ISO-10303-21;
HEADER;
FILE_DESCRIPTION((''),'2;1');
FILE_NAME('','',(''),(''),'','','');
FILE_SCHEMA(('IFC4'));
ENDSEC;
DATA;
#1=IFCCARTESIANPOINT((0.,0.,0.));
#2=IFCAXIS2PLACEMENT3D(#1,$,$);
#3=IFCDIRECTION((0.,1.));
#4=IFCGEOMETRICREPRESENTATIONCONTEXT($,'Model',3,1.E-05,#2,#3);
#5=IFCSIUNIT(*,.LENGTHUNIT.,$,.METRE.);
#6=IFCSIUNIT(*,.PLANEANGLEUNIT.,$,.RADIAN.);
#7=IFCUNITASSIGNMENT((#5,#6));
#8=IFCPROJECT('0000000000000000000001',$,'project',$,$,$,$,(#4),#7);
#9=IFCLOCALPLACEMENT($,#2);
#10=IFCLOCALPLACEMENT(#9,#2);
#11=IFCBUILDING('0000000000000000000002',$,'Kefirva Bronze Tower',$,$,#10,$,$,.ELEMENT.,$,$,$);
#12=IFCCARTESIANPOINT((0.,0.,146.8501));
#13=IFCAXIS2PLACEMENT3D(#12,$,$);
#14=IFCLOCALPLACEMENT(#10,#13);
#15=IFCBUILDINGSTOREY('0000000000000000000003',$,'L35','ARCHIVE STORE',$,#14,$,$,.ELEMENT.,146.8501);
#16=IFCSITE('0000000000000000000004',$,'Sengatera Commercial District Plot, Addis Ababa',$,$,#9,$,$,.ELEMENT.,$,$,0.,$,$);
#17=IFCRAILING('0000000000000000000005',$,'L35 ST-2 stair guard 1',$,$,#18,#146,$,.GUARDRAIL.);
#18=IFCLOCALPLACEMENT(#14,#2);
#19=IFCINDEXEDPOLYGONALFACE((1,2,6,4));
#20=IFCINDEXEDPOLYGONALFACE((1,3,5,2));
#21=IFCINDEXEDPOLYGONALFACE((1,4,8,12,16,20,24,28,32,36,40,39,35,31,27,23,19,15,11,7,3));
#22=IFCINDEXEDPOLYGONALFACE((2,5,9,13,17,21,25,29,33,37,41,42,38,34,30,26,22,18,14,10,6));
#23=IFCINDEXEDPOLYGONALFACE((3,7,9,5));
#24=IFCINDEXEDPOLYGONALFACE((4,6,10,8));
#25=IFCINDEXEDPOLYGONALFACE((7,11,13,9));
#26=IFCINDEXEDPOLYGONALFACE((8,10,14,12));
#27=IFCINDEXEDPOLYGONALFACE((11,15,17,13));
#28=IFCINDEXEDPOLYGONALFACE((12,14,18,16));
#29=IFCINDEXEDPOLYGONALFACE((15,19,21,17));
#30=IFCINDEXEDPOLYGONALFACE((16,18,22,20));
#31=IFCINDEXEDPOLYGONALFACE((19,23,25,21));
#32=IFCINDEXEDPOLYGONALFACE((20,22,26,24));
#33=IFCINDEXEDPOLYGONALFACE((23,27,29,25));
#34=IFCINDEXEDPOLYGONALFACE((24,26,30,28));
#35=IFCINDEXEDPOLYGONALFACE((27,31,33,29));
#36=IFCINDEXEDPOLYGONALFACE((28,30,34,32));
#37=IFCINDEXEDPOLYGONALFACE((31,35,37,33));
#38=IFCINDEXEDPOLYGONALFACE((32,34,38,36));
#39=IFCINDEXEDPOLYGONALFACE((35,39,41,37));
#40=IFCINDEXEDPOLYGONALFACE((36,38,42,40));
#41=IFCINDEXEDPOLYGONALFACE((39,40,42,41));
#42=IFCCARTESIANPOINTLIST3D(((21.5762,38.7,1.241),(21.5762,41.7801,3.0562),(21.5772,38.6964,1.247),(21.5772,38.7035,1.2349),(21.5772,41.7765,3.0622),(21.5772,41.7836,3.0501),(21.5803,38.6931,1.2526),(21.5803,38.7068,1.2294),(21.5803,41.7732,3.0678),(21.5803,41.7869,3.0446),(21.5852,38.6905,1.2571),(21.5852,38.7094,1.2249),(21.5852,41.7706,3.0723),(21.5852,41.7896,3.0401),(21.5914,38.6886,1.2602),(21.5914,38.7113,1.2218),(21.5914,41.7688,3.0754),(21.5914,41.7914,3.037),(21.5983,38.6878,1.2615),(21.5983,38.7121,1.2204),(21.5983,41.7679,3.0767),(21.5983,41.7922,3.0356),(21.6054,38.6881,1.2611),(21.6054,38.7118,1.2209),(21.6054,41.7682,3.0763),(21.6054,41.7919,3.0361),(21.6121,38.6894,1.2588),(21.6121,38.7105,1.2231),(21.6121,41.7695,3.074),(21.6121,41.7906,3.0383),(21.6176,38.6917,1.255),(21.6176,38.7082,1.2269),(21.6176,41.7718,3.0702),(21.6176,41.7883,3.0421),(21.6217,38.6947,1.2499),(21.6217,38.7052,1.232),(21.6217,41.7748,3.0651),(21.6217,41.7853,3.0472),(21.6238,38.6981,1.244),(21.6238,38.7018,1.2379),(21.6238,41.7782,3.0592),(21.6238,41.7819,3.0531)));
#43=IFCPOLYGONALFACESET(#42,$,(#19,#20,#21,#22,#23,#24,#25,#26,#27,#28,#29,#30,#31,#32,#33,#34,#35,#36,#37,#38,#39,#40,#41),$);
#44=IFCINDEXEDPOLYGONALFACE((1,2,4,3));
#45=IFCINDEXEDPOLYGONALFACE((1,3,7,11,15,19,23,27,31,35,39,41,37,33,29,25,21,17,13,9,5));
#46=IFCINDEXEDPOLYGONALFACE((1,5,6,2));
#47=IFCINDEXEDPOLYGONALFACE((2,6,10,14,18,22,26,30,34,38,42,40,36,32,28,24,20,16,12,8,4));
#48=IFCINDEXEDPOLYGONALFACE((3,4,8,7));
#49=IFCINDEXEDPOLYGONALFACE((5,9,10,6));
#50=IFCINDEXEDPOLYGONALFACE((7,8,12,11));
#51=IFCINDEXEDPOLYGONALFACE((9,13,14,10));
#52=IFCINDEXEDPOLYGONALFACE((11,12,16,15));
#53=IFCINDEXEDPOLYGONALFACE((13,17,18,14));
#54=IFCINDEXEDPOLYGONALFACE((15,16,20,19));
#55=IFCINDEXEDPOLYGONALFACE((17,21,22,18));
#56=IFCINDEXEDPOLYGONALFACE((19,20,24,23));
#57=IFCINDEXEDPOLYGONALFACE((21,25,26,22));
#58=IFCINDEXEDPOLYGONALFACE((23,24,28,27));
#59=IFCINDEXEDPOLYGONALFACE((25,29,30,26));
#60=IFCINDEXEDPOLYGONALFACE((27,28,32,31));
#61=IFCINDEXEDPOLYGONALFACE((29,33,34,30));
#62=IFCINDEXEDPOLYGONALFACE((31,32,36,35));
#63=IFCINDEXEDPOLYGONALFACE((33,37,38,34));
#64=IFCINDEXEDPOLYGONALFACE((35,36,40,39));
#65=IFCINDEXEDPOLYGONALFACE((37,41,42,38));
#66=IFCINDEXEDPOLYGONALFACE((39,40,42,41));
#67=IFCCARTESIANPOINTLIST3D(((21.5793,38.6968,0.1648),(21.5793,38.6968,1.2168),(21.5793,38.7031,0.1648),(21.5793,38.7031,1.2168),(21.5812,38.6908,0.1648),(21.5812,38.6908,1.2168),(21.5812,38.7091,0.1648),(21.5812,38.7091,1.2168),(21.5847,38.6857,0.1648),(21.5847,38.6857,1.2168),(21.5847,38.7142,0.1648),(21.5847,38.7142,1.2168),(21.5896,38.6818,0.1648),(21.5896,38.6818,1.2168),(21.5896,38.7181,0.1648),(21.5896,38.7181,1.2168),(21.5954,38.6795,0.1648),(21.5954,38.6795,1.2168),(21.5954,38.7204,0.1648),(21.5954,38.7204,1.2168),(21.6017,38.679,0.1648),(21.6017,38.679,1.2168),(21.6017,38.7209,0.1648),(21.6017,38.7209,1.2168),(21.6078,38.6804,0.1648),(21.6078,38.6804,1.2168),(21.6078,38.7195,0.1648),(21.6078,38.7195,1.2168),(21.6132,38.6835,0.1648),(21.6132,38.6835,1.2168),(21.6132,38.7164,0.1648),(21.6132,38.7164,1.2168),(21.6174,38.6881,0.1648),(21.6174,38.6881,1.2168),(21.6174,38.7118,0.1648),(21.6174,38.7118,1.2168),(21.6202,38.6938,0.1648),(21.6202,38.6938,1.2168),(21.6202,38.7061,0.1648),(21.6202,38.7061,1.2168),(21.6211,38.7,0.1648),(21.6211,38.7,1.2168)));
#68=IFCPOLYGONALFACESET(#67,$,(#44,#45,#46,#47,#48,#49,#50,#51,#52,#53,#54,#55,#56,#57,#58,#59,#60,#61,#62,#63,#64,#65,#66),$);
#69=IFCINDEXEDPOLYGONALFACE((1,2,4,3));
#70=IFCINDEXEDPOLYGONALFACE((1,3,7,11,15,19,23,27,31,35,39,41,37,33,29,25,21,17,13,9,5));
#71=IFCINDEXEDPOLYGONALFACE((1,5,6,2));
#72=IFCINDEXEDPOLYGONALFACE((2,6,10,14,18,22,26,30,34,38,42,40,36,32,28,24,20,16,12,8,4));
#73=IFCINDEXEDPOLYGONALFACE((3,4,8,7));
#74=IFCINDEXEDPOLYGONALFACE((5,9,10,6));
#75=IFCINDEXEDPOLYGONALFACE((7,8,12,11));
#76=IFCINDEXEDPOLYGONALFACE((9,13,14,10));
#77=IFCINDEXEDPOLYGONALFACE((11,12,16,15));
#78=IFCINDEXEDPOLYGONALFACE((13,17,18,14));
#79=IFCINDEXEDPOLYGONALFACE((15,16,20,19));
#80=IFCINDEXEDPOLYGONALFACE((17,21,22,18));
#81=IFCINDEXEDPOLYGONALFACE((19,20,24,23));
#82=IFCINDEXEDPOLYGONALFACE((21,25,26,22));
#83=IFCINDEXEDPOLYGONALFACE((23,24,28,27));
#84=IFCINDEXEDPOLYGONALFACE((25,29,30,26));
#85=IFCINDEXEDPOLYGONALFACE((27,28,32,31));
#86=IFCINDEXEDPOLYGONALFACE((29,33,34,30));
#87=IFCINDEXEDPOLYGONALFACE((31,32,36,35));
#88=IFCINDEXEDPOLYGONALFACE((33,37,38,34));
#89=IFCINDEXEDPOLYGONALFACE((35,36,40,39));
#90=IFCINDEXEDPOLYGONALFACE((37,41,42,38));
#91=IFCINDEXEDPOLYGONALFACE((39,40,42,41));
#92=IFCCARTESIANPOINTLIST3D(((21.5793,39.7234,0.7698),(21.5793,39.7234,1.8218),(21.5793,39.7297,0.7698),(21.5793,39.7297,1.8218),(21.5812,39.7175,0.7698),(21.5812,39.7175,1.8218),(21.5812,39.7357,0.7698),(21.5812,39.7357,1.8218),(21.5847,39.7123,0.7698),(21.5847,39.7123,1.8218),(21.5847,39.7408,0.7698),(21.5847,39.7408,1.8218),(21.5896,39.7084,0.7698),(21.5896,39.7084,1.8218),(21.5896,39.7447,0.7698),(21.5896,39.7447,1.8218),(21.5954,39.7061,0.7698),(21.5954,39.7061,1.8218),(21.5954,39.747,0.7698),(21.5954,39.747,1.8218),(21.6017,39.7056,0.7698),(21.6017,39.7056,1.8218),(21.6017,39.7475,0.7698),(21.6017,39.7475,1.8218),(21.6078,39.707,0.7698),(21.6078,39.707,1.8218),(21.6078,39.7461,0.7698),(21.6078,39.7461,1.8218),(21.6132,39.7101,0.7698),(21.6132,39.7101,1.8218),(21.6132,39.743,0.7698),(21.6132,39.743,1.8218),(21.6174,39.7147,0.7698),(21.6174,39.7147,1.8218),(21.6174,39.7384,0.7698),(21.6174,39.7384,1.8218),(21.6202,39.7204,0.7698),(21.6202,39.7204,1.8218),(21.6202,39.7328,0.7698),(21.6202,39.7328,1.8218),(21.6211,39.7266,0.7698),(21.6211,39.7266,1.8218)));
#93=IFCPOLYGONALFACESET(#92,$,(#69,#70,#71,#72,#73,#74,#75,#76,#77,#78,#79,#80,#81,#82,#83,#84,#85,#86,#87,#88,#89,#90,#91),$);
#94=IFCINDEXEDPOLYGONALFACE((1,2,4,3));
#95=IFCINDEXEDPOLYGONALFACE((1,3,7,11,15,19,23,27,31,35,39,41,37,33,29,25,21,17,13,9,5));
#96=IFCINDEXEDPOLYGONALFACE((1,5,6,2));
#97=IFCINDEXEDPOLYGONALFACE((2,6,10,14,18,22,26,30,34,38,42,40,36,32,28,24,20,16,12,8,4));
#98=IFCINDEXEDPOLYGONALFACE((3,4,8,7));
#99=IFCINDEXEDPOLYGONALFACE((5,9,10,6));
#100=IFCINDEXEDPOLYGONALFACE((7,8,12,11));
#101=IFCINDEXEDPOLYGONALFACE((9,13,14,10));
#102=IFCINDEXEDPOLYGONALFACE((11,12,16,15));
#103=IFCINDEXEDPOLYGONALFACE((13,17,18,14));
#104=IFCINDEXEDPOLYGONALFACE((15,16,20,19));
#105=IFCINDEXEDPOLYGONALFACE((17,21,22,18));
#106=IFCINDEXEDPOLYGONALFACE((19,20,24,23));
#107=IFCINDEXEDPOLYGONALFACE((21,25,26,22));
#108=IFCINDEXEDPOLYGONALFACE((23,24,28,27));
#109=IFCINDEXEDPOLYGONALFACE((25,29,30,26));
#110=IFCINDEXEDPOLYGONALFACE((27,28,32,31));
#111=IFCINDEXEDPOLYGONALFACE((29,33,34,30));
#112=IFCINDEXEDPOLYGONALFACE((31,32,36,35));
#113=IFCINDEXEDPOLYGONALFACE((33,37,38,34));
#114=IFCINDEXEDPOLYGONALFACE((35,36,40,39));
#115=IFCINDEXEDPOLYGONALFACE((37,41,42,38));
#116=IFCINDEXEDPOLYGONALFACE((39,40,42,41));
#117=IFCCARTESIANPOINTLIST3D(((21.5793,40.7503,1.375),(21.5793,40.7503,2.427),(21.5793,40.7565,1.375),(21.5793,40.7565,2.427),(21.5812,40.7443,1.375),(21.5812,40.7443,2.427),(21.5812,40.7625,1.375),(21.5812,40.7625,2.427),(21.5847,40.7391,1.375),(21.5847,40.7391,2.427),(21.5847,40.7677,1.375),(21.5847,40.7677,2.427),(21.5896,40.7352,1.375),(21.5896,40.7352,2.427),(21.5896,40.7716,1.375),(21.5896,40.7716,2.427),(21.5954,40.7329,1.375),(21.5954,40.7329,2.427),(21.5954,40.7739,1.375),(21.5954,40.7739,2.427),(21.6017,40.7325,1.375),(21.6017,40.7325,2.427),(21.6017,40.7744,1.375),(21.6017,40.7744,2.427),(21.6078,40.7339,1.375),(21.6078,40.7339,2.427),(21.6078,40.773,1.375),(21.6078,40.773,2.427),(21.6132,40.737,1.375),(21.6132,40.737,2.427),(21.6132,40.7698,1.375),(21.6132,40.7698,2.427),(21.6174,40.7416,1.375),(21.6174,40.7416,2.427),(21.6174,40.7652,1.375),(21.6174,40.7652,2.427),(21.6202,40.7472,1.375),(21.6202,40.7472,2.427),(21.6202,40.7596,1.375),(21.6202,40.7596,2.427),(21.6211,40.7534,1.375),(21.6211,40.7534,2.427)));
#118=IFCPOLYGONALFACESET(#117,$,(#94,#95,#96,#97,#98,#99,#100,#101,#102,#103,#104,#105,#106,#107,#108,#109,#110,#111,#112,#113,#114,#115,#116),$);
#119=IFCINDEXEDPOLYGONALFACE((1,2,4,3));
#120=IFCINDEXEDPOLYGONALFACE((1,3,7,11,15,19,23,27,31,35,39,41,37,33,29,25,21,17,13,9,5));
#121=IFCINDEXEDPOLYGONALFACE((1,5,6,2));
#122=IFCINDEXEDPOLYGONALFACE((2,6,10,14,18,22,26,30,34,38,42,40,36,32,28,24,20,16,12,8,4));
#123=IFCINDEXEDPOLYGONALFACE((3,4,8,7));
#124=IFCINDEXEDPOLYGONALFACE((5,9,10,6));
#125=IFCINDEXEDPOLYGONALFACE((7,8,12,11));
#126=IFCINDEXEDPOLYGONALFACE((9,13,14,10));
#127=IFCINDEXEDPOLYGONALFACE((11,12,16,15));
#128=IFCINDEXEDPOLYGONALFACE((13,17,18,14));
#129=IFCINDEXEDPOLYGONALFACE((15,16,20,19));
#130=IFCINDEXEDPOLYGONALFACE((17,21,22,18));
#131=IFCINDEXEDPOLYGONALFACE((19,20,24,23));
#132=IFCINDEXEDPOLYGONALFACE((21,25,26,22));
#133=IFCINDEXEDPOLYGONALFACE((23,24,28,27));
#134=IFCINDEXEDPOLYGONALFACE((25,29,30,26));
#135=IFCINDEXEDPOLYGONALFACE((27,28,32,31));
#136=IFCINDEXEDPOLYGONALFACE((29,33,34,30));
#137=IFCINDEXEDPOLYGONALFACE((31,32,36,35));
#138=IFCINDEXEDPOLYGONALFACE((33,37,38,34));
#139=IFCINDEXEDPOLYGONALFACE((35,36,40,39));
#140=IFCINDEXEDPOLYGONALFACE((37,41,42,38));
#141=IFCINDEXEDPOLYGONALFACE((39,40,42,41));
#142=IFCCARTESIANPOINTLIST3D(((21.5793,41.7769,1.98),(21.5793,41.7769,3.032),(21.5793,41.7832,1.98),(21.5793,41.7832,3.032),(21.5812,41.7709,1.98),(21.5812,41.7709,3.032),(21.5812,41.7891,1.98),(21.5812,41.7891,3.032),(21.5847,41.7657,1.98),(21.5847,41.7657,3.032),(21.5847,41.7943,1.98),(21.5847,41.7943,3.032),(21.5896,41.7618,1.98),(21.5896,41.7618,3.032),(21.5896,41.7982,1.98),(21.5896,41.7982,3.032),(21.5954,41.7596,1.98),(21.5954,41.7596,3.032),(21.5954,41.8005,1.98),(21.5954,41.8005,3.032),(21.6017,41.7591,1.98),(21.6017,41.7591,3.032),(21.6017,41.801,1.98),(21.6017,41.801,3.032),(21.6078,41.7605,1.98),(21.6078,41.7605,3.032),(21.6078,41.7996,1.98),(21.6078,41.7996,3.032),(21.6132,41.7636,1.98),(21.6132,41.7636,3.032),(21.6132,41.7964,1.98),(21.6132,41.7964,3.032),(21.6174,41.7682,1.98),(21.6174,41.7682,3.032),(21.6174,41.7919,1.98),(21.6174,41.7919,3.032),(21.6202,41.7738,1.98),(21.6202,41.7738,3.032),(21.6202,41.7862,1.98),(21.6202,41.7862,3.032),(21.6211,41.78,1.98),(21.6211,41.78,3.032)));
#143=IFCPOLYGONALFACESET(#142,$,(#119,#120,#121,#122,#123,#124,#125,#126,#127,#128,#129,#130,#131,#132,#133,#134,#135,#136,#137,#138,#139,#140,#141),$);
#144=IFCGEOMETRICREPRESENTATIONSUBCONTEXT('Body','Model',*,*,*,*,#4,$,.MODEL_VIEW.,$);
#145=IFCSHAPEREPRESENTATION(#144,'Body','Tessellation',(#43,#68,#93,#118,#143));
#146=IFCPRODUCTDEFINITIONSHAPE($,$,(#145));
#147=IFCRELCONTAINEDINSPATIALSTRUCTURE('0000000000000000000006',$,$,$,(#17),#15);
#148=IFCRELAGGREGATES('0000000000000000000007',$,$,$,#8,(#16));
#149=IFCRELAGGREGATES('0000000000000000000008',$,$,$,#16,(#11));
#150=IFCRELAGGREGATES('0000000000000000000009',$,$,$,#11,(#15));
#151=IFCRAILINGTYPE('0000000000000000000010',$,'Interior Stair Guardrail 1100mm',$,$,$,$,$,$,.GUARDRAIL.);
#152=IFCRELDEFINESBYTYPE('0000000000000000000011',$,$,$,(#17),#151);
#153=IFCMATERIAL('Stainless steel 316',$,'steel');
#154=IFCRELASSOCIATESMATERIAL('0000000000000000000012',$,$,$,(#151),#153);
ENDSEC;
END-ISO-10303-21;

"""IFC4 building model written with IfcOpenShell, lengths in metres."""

from ifc_helpers import new_model, si_unit, direction, frame, origin, origin_2d, place, context, subcontext, project, spatial, circle, extrude, material, type_object, element, save


model = new_model("IFC4")

# Units and contexts
model_context = context("Model", 3, precision=1e-05, world=origin(), true_north=direction((0.0, 1.0)))
body_context = subcontext(model_context, "Body", "Model", "MODEL_VIEW")
ifc_project = project(units=[si_unit("LENGTHUNIT", "METRE"), si_unit("PLANEANGLEUNIT", "RADIAN")], contexts=[model_context])

# Site, building, storey
site_placement = place(None, origin())
site = spatial("IfcSite", under=ifc_project, at=site_placement, Name="Sengatera Commercial District Plot, Addis Ababa", CompositionType="ELEMENT", RefElevation=0.0)
building_placement = place(site_placement, origin())
building = spatial("IfcBuilding", under=site, at=building_placement, Name="Kefirva Bronze Tower", CompositionType="ELEMENT")
storey_placement = place(building_placement, frame((0.0, 0.0, 146.8501)))
storey = spatial("IfcBuildingStorey", under=building, at=storey_placement, Name="L35", Description="ARCHIVE STORE", CompositionType="ELEMENT", Elevation=146.8501)

# Railing
ifc_material_1 = material(Name="Stainless steel 316", Category="steel")
railing_type_1 = type_object("IfcRailingType", Name="Interior Stair Guardrail 1100mm", PredefinedType="GUARDRAIL", material=ifc_material_1)
railing_1_placement = place(storey_placement, frame((21.6001, 38.7, 0.1648)))
element("IfcRailing", 1, at=railing_1_placement, inside=storey, type_object=railing_type_1, Name="L35 ST-2 stair guard 1", PredefinedType="GUARDRAIL", context=body_context, shape_type="SweptSolid", body=[
    extrude(circle(Radius=0.0239, at=origin_2d()), frame((0.0, 0.0, 1.0762), z_axis=(0.0, 0.861521, 0.507721), x_axis=(-1.0, 0.0, 0.0)), (0.0, 0.0, 1.0), 3.5752),
    extrude(circle(Radius=0.021, at=origin_2d()), origin(), (0.0, 0.0, 1.0), 1.052),
    extrude(circle(Radius=0.021, at=origin_2d()), frame((0.0, 1.0266, 0.605)), (0.0, 0.0, 1.0), 1.052),
    extrude(circle(Radius=0.021, at=origin_2d()), frame((0.0, 2.0535, 1.2102)), (0.0, 0.0, 1.0), 1.052),
    extrude(circle(Radius=0.021, at=origin_2d()), frame((0.0, 3.0801, 1.8152)), (0.0, 0.0, 1.0), 1.052),
])

save(model, "model.ifc")
